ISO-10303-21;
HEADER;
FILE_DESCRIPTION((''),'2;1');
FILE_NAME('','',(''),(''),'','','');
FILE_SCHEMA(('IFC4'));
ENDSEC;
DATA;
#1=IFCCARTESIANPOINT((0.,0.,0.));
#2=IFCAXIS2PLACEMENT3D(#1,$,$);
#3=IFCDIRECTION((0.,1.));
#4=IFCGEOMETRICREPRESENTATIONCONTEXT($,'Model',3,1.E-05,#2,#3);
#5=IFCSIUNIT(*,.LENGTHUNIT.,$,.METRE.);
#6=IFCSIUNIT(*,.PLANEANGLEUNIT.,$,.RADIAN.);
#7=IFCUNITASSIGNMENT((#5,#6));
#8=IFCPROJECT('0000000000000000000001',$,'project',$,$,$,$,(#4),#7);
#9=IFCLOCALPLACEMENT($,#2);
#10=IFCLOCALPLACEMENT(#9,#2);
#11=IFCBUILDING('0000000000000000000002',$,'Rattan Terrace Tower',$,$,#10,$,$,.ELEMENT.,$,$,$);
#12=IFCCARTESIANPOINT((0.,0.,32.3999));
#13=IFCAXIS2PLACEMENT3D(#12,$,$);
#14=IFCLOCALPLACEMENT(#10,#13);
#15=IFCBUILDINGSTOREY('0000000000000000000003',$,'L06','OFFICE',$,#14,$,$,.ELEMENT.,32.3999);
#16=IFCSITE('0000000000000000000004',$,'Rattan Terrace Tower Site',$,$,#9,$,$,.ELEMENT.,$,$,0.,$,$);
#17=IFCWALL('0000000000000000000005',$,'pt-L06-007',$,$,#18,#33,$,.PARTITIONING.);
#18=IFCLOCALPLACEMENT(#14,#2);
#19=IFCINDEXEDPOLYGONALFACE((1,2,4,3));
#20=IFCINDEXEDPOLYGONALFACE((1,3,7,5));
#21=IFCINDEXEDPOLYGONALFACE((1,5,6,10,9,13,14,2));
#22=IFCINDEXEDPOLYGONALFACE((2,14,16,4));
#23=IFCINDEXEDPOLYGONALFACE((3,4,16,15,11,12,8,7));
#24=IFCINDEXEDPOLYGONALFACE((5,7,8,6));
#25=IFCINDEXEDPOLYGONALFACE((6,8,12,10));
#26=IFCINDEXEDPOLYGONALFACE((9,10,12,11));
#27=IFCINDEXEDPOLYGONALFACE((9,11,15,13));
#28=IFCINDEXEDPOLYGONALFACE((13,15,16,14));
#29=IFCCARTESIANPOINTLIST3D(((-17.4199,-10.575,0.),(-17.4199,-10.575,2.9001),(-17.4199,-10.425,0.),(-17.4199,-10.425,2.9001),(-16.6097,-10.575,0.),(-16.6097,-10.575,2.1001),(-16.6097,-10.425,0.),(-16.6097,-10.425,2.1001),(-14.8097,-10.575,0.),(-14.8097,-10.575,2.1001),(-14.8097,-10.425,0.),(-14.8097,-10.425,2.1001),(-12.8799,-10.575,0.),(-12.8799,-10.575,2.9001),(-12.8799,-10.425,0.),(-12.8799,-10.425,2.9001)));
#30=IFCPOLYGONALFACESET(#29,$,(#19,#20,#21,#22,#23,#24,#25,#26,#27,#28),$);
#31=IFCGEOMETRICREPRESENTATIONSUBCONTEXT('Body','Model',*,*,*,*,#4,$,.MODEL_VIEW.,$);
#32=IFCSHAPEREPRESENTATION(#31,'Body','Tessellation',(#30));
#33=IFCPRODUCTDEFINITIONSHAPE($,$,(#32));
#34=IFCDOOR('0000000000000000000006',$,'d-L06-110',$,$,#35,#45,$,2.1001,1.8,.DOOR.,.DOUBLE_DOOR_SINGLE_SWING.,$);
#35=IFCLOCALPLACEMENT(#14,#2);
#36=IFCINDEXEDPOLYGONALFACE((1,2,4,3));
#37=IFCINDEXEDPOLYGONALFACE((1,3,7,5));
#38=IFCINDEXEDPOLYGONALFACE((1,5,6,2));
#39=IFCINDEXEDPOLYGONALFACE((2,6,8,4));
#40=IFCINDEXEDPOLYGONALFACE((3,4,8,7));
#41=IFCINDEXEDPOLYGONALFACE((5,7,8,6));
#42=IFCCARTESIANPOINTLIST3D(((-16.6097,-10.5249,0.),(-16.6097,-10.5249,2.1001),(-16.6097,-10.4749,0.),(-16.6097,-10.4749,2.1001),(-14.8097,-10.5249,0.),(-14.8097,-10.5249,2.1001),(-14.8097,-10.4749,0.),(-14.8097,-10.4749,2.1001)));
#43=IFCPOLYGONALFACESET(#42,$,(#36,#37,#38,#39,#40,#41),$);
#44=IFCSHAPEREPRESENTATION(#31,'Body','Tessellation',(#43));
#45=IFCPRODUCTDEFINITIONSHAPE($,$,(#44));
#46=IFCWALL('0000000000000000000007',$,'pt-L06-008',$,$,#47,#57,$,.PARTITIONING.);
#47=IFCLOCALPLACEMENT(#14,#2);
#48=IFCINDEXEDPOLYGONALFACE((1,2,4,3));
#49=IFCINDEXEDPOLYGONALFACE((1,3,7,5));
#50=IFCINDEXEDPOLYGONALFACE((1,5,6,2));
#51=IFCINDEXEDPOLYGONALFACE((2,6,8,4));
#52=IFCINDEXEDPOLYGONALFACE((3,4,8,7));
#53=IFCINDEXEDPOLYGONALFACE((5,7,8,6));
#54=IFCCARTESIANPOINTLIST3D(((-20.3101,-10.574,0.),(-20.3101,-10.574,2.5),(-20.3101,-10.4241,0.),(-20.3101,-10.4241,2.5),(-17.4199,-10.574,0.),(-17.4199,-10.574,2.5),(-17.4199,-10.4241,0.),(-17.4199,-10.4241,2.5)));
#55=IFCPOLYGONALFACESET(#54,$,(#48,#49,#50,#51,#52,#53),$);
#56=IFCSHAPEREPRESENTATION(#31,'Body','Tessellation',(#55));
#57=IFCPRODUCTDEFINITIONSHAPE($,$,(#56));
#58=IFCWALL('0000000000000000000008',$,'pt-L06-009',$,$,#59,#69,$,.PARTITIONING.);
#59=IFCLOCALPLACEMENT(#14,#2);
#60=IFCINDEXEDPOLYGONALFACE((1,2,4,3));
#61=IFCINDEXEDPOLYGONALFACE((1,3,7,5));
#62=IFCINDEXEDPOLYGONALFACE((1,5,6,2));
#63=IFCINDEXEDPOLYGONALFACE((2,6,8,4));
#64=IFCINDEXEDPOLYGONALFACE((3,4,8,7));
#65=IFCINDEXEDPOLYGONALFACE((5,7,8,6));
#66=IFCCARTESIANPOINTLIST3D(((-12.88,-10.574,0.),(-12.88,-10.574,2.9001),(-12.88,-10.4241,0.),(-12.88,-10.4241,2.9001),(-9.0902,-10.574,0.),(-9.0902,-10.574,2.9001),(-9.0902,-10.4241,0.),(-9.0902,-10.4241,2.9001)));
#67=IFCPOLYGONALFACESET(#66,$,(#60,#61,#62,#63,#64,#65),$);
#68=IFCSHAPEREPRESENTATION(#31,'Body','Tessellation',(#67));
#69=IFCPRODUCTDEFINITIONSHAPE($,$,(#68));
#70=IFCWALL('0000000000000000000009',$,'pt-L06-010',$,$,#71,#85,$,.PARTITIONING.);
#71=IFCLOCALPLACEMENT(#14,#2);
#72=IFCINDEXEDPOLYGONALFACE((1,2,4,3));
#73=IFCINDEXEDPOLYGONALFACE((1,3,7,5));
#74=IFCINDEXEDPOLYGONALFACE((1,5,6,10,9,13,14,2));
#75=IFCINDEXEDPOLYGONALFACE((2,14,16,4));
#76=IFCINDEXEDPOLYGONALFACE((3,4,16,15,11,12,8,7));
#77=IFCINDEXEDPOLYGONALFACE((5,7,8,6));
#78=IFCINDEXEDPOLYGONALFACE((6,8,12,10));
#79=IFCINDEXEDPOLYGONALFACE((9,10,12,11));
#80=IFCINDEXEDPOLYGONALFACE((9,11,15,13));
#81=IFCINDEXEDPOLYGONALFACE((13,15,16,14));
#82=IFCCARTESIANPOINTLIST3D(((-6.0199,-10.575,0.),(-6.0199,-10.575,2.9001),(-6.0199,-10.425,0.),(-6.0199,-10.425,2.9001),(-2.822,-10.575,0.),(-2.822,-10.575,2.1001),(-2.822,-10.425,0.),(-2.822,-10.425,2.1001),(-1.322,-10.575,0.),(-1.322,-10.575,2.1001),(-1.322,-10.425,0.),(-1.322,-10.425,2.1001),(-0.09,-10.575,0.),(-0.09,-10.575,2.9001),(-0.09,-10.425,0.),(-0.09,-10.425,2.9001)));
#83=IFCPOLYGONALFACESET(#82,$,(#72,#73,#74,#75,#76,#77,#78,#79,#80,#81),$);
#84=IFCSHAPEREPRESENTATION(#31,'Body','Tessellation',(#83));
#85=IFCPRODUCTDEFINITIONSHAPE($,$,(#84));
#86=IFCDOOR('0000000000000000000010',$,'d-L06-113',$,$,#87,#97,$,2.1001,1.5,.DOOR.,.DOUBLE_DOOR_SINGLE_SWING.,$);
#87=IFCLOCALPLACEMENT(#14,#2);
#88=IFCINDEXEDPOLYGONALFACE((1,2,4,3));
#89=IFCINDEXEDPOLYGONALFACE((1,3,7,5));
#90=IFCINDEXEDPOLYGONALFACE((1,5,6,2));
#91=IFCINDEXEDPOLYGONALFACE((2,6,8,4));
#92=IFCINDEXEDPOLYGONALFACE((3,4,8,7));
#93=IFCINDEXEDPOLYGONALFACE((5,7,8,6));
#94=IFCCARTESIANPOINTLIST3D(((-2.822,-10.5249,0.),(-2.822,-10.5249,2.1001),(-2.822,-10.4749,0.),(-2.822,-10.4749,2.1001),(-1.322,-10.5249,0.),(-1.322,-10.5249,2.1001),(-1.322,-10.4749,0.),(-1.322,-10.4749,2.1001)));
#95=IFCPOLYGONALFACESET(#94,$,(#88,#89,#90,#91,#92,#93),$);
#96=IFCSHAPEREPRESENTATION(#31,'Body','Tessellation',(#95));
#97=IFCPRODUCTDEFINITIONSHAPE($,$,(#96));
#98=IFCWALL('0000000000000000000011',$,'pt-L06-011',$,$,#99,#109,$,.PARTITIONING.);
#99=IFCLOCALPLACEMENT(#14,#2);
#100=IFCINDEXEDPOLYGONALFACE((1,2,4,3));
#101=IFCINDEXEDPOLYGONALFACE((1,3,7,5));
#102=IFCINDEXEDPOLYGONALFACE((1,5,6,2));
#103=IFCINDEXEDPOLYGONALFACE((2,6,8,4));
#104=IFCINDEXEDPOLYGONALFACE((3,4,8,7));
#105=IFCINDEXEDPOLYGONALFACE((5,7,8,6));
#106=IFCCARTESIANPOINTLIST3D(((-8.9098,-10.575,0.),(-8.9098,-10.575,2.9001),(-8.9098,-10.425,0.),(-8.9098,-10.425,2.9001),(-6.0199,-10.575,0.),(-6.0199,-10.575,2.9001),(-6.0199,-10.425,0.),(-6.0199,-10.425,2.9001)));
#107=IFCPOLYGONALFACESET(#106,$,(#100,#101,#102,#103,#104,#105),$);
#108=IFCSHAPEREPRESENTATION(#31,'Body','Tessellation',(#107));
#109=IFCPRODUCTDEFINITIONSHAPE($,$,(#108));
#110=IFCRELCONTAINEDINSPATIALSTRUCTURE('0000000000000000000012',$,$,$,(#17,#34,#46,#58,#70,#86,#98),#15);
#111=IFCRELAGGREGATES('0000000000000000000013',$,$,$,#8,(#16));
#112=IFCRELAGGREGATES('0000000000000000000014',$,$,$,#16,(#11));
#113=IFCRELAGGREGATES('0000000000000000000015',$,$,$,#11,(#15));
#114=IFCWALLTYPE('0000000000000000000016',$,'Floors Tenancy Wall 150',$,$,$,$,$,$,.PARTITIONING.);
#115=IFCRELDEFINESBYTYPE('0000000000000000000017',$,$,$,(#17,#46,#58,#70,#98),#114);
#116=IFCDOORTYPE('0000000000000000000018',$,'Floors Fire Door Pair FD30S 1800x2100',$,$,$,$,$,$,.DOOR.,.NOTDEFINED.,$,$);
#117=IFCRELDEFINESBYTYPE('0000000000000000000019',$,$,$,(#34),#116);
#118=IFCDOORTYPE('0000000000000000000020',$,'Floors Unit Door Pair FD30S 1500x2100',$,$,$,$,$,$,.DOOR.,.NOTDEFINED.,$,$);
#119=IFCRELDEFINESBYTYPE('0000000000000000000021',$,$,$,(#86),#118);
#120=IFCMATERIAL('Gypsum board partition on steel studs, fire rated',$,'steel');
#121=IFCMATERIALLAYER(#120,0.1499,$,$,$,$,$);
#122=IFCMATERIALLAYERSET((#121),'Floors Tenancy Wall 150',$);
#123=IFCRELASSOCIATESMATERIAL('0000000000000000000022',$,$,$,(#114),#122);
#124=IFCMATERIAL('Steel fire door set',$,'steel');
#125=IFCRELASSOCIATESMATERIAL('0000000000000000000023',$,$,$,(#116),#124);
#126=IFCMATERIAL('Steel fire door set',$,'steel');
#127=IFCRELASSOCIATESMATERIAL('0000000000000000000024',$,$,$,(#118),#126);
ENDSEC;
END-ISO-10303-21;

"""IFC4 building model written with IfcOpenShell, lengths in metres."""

from ifc_helpers import new_model, si_unit, direction, frame, frame_2d, origin, place, context, subcontext, project, spatial, rectangle, extrude, material, layer, layer_set, type_object, element, fill, save


model = new_model("IFC4")

# Units and contexts
model_context = context("Model", 3, precision=1e-05, world=origin(), true_north=direction((0.0, 1.0)))
body_context = subcontext(model_context, "Body", "Model", "MODEL_VIEW")
ifc_project = project(units=[si_unit("LENGTHUNIT", "METRE"), si_unit("PLANEANGLEUNIT", "RADIAN")], contexts=[model_context])

# Site, building, storey
site_placement = place(None, origin())
site = spatial("IfcSite", under=ifc_project, at=site_placement, Name="Rattan Terrace Tower Site", CompositionType="ELEMENT", RefElevation=0.0)
building_placement = place(site_placement, origin())
building = spatial("IfcBuilding", under=site, at=building_placement, Name="Rattan Terrace Tower", CompositionType="ELEMENT")
storey_placement = place(building_placement, frame((0.0, 0.0, 32.3999)))
storey = spatial("IfcBuildingStorey", under=building, at=storey_placement, Name="L06", Description="OFFICE", CompositionType="ELEMENT", Elevation=32.3999)

# Wall, opening, door
ifc_material_1 = material(Name="Gypsum board partition on steel studs, fire rated", Category="steel")
ifc_layer_1 = layer(ifc_material_1, 0.1499)
ifc_layer_set_1 = layer_set([ifc_layer_1], Name="Floors Tenancy Wall 150")
wall_type_1 = type_object("IfcWallType", Name="Floors Tenancy Wall 150", PredefinedType="PARTITIONING", material=ifc_layer_set_1)
wall_1_placement = place(storey_placement, frame((-12.8799, -10.5, 0.0), z_axis=(0.0, 0.0, 1.0), x_axis=(-1.0, 0.0, 0.0)))
wall_1 = element("IfcWall", 1, at=wall_1_placement, inside=storey, type_object=wall_type_1, Name="pt-L06-007", PredefinedType="PARTITIONING", context=body_context, shape_type="SweptSolid", body=[
    extrude(rectangle(XDim=4.54, YDim=0.1499, at=frame_2d((2.27, 0.0))), origin(), (0.0, 0.0, 1.0), 2.9001),
])
opening_1_placement = place(wall_1_placement, frame((1.9299, 0.0, 0.0)))
opening_1 = element("IfcOpeningElement", 2, at=opening_1_placement, cuts=wall_1, PredefinedType="OPENING", context=body_context, shape_type="SweptSolid", body=[
    extrude(rectangle(XDim=1.8, YDim=2.1001, at=frame_2d((0.8999, 1.05))), frame((0.0, 0.0854, 0.0), z_axis=(0.0, -1.0, 0.0), x_axis=(1.0, 0.0, 0.0)), (0.0, 0.0, 1.0), 0.1709),
])
ifc_material_2 = material(Name="Steel fire door set", Category="steel")
door_type_1 = type_object("IfcDoorType", Name="Floors Fire Door Pair FD30S 1800x2100", OperationType="NOTDEFINED", PredefinedType="DOOR", material=ifc_material_2)
door_1_placement = place(opening_1_placement, origin())
door_1 = element("IfcDoor", 3, at=door_1_placement, inside=storey, type_object=door_type_1, Name="d-L06-110", OperationType="DOUBLE_DOOR_SINGLE_SWING", OverallHeight=2.1001, OverallWidth=1.8, PredefinedType="DOOR", context=body_context, shape_type="SweptSolid", body=[
    extrude(rectangle(XDim=1.8, YDim=2.1001, at=frame_2d((0.8999, 1.05))), frame((0.0, 0.0249, 0.0), z_axis=(0.0, -1.0, 0.0), x_axis=(1.0, 0.0, 0.0)), (0.0, 0.0, 1.0), 0.05),
])
fill(opening_1, door_1)

# Walls
wall_2_placement = place(storey_placement, frame((-17.4199, -10.499, 0.0), z_axis=(0.0, 0.0, 1.0), x_axis=(-1.0, 0.0, 0.0)))
element("IfcWall", 4, at=wall_2_placement, inside=storey, type_object=wall_type_1, Name="pt-L06-008", PredefinedType="PARTITIONING", context=body_context, shape_type="SweptSolid", body=[
    extrude(rectangle(XDim=2.8901, YDim=0.1499, at=frame_2d((1.4451, 0.0))), origin(), (0.0, 0.0, 1.0), 2.5),
])
wall_3_placement = place(storey_placement, frame((-9.0901, -10.499, 0.0), z_axis=(0.0, 0.0, 1.0), x_axis=(-1.0, 0.0, 0.0)))
element("IfcWall", 5, at=wall_3_placement, inside=storey, type_object=wall_type_1, Name="pt-L06-009", PredefinedType="PARTITIONING", context=body_context, shape_type="SweptSolid", body=[
    extrude(rectangle(XDim=3.7898, YDim=0.1499, at=frame_2d((1.895, 0.0))), origin(), (0.0, 0.0, 1.0), 2.9001),
])

# Wall, opening, door
wall_4_placement = place(storey_placement, frame((-0.0901, -10.5, 0.0), z_axis=(0.0, 0.0, 1.0), x_axis=(-1.0, 0.0, 0.0)))
wall_4 = element("IfcWall", 6, at=wall_4_placement, inside=storey, type_object=wall_type_1, Name="pt-L06-010", PredefinedType="PARTITIONING", context=body_context, shape_type="SweptSolid", body=[
    extrude(rectangle(XDim=5.9299, YDim=0.1499, at=frame_2d((2.9648, 0.0))), origin(), (0.0, 0.0, 1.0), 2.9001),
])
opening_2_placement = place(wall_4_placement, frame((1.2319, 0.0, 0.0)))
opening_2 = element("IfcOpeningElement", 7, at=opening_2_placement, cuts=wall_4, PredefinedType="OPENING", context=body_context, shape_type="SweptSolid", body=[
    extrude(rectangle(XDim=1.5, YDim=2.1001, at=frame_2d((0.75, 1.05))), frame((0.0, 0.0854, 0.0), z_axis=(0.0, -1.0, 0.0), x_axis=(1.0, 0.0, 0.0)), (0.0, 0.0, 1.0), 0.1709),
])
ifc_material_3 = material(Name="Steel fire door set", Category="steel")
door_type_2 = type_object("IfcDoorType", Name="Floors Unit Door Pair FD30S 1500x2100", OperationType="NOTDEFINED", PredefinedType="DOOR", material=ifc_material_3)
door_2_placement = place(opening_2_placement, origin())
door_2 = element("IfcDoor", 8, at=door_2_placement, inside=storey, type_object=door_type_2, Name="d-L06-113", OperationType="DOUBLE_DOOR_SINGLE_SWING", OverallHeight=2.1001, OverallWidth=1.5, PredefinedType="DOOR", context=body_context, shape_type="SweptSolid", body=[
    extrude(rectangle(XDim=1.5, YDim=2.1001, at=frame_2d((0.75, 1.05))), frame((0.0, 0.0249, 0.0), z_axis=(0.0, -1.0, 0.0), x_axis=(1.0, 0.0, 0.0)), (0.0, 0.0, 1.0), 0.05),
])
fill(opening_2, door_2)

# Wall
wall_5_placement = place(storey_placement, frame((-6.02, -10.5, 0.0), z_axis=(0.0, 0.0, 1.0), x_axis=(-1.0, 0.0, 0.0)))
element("IfcWall", 9, at=wall_5_placement, inside=storey, type_object=wall_type_1, Name="pt-L06-011", PredefinedType="PARTITIONING", context=body_context, shape_type="SweptSolid", body=[
    extrude(rectangle(XDim=2.8899, YDim=0.1499, at=frame_2d((1.4448, 0.0))), origin(), (0.0, 0.0, 1.0), 2.9001),
])

save(model, "model.ifc")
